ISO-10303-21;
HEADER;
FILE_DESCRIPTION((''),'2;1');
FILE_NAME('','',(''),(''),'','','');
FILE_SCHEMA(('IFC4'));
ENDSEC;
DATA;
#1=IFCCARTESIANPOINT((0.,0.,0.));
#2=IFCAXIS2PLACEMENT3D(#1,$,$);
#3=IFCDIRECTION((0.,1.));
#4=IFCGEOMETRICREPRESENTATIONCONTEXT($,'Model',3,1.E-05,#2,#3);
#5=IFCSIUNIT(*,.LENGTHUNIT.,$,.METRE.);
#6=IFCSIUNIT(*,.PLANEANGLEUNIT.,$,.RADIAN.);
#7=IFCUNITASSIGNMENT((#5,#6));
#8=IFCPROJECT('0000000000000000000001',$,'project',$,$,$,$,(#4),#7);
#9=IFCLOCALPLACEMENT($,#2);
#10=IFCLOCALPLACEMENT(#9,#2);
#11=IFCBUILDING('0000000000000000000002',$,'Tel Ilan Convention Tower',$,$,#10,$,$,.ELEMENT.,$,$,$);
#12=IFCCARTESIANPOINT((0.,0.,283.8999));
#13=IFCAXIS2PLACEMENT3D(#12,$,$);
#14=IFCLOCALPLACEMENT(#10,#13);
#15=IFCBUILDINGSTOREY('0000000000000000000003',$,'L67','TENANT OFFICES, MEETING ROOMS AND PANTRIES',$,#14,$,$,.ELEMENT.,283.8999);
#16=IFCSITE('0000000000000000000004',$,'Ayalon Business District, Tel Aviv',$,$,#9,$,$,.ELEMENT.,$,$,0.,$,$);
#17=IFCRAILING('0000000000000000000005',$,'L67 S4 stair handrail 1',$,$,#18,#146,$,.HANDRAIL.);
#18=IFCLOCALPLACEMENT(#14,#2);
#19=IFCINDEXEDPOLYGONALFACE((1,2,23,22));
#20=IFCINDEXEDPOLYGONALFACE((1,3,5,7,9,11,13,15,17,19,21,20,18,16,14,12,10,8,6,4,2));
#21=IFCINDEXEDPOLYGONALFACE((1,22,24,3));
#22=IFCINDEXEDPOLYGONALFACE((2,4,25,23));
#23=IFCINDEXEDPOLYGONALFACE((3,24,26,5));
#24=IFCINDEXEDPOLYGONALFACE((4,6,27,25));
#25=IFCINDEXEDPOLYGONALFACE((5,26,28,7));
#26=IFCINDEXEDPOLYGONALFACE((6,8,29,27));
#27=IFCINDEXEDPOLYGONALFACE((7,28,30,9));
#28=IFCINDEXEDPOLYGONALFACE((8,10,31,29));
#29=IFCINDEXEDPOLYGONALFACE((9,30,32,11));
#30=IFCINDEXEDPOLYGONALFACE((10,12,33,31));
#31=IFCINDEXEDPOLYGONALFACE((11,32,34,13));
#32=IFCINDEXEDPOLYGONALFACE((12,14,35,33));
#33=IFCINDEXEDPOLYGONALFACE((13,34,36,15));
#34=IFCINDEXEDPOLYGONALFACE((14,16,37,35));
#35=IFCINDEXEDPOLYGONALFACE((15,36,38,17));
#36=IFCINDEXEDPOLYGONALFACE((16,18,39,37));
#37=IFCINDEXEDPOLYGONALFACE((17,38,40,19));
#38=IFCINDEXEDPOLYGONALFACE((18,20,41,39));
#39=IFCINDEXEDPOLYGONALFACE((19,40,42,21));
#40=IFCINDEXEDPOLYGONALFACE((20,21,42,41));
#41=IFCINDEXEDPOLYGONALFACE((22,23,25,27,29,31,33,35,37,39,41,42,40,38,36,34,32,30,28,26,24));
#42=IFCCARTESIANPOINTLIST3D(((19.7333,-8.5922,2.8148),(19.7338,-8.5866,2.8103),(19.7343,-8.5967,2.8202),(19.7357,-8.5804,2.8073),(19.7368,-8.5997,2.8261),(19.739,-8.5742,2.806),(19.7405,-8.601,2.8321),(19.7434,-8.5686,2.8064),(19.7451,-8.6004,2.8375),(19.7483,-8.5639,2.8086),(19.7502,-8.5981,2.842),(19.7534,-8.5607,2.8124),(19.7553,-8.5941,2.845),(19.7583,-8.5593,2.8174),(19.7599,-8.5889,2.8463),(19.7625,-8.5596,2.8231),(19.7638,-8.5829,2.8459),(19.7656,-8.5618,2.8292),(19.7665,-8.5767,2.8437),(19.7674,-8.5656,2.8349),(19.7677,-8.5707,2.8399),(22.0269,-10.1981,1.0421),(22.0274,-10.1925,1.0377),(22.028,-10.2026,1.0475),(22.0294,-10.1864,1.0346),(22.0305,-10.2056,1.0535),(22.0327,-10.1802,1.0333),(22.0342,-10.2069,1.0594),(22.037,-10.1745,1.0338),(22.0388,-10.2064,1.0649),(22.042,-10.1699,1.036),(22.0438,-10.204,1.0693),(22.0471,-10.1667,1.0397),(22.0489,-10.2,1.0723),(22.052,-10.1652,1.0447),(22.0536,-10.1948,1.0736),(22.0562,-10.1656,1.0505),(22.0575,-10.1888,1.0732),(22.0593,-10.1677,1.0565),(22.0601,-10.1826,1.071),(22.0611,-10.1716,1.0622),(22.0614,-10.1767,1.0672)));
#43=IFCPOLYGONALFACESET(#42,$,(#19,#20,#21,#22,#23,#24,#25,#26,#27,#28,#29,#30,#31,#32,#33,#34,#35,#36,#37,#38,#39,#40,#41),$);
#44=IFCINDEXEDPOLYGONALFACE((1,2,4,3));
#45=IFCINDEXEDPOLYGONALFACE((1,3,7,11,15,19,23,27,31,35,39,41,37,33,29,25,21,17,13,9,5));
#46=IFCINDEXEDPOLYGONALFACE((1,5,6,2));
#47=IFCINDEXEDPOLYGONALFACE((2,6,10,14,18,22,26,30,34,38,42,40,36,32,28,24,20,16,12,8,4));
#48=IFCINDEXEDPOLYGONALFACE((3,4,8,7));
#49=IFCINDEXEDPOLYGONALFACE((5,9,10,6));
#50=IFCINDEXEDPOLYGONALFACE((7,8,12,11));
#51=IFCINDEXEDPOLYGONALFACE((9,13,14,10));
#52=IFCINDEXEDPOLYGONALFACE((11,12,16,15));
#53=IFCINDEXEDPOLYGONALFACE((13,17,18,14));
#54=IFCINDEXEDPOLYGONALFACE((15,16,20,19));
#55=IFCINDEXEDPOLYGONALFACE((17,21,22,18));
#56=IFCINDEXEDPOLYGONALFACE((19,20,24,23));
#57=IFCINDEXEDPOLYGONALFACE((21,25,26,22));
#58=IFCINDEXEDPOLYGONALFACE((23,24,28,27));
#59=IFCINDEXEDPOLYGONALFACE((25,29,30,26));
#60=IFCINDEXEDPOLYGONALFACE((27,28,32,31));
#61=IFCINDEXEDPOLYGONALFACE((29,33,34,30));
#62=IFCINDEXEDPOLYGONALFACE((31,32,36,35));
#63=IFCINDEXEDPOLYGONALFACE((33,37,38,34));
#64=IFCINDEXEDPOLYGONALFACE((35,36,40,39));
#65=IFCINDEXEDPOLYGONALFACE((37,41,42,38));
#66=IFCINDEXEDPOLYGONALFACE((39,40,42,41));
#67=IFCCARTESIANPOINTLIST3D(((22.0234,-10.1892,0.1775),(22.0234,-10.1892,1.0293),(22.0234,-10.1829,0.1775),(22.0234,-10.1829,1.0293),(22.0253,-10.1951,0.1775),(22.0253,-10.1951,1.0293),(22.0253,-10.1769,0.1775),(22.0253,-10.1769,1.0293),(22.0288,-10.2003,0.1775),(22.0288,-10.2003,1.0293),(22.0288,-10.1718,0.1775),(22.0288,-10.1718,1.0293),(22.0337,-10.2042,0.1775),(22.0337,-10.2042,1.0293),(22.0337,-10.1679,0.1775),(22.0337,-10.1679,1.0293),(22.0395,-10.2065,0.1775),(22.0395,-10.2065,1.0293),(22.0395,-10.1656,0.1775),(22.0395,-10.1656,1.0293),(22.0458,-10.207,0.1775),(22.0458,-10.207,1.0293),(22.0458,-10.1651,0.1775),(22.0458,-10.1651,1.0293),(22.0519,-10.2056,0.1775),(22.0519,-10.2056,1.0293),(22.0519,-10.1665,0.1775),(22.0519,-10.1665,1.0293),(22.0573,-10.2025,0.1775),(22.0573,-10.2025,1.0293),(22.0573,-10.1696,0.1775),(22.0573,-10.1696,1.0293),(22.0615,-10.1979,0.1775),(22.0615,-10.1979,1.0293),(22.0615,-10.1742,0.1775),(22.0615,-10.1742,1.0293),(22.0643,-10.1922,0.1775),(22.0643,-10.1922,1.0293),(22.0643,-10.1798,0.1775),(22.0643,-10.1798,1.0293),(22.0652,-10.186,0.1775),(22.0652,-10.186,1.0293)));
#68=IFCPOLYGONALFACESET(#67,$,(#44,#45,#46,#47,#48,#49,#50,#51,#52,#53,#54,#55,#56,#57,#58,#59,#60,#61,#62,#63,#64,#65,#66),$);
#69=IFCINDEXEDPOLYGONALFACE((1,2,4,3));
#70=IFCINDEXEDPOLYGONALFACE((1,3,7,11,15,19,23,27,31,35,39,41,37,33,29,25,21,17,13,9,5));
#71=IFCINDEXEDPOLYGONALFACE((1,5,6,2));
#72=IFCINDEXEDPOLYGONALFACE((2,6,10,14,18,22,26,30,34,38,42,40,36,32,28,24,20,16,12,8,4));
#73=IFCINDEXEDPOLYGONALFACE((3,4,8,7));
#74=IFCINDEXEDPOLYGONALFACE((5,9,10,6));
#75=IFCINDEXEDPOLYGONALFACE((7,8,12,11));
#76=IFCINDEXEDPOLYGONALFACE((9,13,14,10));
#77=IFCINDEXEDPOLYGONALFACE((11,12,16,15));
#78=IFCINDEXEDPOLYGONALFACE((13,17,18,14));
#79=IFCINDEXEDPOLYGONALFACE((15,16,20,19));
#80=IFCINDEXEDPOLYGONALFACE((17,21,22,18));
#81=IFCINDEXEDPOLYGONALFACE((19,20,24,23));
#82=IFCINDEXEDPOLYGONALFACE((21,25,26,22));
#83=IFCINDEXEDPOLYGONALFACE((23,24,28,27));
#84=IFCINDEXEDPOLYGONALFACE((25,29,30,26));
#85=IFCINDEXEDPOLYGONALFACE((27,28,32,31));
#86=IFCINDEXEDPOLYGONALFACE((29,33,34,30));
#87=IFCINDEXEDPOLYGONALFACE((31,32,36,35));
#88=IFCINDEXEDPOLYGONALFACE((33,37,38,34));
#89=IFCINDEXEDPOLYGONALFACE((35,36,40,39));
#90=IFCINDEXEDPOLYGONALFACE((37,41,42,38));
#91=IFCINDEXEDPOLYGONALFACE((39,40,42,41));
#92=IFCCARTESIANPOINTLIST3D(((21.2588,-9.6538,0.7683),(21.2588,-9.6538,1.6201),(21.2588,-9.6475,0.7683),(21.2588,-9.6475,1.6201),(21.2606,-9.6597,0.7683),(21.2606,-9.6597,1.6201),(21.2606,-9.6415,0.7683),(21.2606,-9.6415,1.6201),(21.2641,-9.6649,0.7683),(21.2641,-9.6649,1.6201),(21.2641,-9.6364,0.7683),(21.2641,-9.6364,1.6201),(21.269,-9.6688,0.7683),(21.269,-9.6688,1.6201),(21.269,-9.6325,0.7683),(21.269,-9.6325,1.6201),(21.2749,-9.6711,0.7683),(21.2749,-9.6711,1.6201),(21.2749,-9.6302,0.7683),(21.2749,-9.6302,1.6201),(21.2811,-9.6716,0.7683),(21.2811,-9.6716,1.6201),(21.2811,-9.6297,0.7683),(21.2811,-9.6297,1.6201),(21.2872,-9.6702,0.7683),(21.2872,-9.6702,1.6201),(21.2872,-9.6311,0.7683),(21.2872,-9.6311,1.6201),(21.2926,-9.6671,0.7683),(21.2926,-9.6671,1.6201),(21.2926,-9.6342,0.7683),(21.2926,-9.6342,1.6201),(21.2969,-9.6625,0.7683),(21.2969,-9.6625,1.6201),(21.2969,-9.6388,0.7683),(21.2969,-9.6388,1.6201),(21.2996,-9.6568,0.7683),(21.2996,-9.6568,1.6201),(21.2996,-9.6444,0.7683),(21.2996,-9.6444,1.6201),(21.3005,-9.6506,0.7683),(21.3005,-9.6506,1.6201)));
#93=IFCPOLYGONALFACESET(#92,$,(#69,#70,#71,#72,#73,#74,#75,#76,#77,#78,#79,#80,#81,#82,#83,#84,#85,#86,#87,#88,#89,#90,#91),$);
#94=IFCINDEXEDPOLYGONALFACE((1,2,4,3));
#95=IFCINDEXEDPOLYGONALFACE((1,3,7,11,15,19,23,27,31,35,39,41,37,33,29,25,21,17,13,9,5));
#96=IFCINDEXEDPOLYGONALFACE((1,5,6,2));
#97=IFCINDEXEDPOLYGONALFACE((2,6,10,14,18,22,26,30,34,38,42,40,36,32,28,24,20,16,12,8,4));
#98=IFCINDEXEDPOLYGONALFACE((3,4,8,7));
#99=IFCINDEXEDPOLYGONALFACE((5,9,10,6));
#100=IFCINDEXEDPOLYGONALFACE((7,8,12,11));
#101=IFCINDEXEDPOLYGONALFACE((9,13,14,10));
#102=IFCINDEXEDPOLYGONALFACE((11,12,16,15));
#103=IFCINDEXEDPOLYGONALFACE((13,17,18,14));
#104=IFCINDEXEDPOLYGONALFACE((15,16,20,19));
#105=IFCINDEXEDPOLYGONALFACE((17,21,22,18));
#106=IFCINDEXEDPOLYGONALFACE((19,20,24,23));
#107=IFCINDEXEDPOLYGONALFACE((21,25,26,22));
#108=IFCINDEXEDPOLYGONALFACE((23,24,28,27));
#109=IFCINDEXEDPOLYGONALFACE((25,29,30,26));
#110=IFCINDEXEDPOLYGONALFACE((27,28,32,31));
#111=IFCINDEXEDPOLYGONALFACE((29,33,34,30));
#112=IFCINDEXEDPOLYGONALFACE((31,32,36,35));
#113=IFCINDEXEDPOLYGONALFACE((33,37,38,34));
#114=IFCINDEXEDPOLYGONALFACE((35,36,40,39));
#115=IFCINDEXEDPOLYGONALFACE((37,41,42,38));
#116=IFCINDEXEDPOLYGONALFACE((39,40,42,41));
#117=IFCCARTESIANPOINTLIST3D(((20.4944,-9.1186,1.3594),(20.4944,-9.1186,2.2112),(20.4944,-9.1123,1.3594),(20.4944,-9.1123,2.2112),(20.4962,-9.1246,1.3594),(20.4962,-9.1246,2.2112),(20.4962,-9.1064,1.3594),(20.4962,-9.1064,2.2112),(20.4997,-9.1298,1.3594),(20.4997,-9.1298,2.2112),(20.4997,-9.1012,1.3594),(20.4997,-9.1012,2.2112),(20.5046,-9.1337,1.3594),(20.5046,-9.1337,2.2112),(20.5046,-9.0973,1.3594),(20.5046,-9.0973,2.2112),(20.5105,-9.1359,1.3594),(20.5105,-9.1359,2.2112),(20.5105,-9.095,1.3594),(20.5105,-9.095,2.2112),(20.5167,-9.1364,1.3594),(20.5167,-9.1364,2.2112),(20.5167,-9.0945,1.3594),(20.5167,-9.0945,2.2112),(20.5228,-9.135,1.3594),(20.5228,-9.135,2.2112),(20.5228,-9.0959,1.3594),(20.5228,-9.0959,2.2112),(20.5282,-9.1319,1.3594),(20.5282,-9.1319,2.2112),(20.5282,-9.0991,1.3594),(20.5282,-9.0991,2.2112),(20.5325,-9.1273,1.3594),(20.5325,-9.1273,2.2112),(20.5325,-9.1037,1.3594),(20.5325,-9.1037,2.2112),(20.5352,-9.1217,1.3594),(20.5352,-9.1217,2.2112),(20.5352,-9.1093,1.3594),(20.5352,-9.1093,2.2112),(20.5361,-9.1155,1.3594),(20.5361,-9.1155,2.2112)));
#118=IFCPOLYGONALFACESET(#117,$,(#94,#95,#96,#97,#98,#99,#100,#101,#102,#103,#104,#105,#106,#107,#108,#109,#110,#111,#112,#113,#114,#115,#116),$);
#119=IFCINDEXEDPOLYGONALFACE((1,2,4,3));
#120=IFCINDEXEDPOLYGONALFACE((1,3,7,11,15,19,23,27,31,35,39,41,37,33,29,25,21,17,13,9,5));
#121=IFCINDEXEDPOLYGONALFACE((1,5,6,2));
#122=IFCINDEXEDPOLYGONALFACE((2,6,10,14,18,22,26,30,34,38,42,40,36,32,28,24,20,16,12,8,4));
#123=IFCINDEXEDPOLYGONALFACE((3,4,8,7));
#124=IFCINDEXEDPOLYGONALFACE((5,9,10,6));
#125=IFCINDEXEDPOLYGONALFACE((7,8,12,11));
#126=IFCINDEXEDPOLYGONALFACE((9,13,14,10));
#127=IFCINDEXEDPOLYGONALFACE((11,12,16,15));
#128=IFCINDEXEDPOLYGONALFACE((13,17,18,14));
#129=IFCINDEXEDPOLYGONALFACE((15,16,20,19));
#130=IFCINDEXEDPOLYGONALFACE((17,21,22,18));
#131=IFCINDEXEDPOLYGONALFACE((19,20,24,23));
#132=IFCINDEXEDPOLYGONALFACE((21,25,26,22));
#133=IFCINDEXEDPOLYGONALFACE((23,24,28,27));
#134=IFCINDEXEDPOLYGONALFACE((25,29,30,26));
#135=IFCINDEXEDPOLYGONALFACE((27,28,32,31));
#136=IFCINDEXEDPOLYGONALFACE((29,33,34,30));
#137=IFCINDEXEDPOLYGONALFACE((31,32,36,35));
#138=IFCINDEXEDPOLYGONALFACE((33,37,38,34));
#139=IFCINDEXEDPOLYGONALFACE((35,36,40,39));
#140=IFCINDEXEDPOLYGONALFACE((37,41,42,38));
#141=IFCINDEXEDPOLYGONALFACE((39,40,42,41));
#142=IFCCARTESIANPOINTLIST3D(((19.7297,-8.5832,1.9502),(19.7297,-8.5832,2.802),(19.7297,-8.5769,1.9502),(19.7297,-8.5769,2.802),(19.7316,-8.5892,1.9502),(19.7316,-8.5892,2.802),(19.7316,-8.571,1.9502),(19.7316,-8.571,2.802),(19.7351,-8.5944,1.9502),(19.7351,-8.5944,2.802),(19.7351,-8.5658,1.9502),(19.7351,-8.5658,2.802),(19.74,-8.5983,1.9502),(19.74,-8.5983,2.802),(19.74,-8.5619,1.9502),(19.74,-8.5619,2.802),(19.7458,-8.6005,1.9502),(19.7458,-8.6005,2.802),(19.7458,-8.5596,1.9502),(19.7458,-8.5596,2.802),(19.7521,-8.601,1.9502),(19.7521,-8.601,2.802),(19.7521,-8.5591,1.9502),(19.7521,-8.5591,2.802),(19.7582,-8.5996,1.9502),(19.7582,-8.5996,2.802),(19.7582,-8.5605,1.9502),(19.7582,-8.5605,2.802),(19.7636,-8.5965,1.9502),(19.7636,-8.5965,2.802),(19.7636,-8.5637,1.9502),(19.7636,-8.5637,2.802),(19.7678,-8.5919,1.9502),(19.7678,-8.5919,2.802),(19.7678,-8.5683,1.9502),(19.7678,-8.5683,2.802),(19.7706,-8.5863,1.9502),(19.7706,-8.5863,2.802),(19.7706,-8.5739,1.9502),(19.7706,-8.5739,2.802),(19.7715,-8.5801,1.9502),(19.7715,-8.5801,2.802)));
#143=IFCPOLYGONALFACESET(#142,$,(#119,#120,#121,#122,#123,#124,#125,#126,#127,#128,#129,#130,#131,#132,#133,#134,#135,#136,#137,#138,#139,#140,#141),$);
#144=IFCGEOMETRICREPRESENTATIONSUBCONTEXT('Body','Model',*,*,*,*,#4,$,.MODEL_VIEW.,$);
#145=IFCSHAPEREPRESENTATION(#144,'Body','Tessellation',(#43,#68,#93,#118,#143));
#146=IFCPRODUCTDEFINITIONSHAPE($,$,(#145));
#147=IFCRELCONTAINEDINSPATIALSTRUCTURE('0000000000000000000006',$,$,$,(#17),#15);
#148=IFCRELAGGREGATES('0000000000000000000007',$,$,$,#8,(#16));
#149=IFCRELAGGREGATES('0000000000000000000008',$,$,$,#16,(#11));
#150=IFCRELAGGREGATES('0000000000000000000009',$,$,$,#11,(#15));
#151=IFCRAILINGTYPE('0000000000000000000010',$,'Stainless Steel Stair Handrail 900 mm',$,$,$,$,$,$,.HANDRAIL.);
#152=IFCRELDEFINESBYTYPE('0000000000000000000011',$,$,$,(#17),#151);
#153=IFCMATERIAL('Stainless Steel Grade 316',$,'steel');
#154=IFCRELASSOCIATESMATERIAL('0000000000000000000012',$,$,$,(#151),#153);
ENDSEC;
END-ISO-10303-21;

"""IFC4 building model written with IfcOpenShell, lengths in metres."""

from ifc_helpers import new_model, si_unit, direction, frame, origin, origin_2d, place, context, subcontext, project, spatial, circle, extrude, material, type_object, element, save


model = new_model("IFC4")

# Units and contexts
model_context = context("Model", 3, precision=1e-05, world=origin(), true_north=direction((0.0, 1.0)))
body_context = subcontext(model_context, "Body", "Model", "MODEL_VIEW")
ifc_project = project(units=[si_unit("LENGTHUNIT", "METRE"), si_unit("PLANEANGLEUNIT", "RADIAN")], contexts=[model_context])

# Site, building, storey
site_placement = place(None, origin())
site = spatial("IfcSite", under=ifc_project, at=site_placement, Name="Ayalon Business District, Tel Aviv", CompositionType="ELEMENT", RefElevation=0.0)
building_placement = place(site_placement, origin())
building = spatial("IfcBuilding", under=site, at=building_placement, Name="Tel Ilan Convention Tower", CompositionType="ELEMENT")
storey_placement = place(building_placement, frame((0.0, 0.0, 283.8999)))
storey = spatial("IfcBuildingStorey", under=building, at=storey_placement, Name="L67", Description="TENANT OFFICES, MEETING ROOMS AND PANTRIES", CompositionType="ELEMENT", Elevation=283.8999)

# Railing
ifc_material_1 = material(Name="Stainless Steel Grade 316", Category="steel")
railing_type_1 = type_object("IfcRailingType", Name="Stainless Steel Stair Handrail 900 mm", PredefinedType="HANDRAIL", material=ifc_material_1)
for number, where, name in (
    (1, (22.0442, -10.186, 0.1775), "L67 S4 stair handrail 1"),
):
    element("IfcRailing", number, at=place(storey_placement, frame(where)), inside=storey, type_object=railing_type_1, Name=name, PredefinedType="HANDRAIL", context=body_context, shape_type="SweptSolid", body=[
        extrude(circle(Radius=0.0239, at=origin_2d()), frame((0.0, 0.0, 0.876), z_axis=(-0.692123, 0.484597, 0.534913), x_axis=(-0.57355, -0.81917, 0.0)), (0.0, 0.0, 1.0), 3.314),
        extrude(circle(Radius=0.021, at=origin_2d()), origin(), (0.0, 0.0, 1.0), 0.8518),
        extrude(circle(Radius=0.021, at=origin_2d()), frame((-0.7646, 0.5354, 0.5908)), (0.0, 0.0, 1.0), 0.8518),
        extrude(circle(Radius=0.021, at=origin_2d()), frame((-1.5291, 1.0706, 1.1819)), (0.0, 0.0, 1.0), 0.8518),
        extrude(circle(Radius=0.021, at=origin_2d()), frame((-2.2937, 1.606, 1.7727)), (0.0, 0.0, 1.0), 0.8518),
    ])

save(model, "model.ifc")
